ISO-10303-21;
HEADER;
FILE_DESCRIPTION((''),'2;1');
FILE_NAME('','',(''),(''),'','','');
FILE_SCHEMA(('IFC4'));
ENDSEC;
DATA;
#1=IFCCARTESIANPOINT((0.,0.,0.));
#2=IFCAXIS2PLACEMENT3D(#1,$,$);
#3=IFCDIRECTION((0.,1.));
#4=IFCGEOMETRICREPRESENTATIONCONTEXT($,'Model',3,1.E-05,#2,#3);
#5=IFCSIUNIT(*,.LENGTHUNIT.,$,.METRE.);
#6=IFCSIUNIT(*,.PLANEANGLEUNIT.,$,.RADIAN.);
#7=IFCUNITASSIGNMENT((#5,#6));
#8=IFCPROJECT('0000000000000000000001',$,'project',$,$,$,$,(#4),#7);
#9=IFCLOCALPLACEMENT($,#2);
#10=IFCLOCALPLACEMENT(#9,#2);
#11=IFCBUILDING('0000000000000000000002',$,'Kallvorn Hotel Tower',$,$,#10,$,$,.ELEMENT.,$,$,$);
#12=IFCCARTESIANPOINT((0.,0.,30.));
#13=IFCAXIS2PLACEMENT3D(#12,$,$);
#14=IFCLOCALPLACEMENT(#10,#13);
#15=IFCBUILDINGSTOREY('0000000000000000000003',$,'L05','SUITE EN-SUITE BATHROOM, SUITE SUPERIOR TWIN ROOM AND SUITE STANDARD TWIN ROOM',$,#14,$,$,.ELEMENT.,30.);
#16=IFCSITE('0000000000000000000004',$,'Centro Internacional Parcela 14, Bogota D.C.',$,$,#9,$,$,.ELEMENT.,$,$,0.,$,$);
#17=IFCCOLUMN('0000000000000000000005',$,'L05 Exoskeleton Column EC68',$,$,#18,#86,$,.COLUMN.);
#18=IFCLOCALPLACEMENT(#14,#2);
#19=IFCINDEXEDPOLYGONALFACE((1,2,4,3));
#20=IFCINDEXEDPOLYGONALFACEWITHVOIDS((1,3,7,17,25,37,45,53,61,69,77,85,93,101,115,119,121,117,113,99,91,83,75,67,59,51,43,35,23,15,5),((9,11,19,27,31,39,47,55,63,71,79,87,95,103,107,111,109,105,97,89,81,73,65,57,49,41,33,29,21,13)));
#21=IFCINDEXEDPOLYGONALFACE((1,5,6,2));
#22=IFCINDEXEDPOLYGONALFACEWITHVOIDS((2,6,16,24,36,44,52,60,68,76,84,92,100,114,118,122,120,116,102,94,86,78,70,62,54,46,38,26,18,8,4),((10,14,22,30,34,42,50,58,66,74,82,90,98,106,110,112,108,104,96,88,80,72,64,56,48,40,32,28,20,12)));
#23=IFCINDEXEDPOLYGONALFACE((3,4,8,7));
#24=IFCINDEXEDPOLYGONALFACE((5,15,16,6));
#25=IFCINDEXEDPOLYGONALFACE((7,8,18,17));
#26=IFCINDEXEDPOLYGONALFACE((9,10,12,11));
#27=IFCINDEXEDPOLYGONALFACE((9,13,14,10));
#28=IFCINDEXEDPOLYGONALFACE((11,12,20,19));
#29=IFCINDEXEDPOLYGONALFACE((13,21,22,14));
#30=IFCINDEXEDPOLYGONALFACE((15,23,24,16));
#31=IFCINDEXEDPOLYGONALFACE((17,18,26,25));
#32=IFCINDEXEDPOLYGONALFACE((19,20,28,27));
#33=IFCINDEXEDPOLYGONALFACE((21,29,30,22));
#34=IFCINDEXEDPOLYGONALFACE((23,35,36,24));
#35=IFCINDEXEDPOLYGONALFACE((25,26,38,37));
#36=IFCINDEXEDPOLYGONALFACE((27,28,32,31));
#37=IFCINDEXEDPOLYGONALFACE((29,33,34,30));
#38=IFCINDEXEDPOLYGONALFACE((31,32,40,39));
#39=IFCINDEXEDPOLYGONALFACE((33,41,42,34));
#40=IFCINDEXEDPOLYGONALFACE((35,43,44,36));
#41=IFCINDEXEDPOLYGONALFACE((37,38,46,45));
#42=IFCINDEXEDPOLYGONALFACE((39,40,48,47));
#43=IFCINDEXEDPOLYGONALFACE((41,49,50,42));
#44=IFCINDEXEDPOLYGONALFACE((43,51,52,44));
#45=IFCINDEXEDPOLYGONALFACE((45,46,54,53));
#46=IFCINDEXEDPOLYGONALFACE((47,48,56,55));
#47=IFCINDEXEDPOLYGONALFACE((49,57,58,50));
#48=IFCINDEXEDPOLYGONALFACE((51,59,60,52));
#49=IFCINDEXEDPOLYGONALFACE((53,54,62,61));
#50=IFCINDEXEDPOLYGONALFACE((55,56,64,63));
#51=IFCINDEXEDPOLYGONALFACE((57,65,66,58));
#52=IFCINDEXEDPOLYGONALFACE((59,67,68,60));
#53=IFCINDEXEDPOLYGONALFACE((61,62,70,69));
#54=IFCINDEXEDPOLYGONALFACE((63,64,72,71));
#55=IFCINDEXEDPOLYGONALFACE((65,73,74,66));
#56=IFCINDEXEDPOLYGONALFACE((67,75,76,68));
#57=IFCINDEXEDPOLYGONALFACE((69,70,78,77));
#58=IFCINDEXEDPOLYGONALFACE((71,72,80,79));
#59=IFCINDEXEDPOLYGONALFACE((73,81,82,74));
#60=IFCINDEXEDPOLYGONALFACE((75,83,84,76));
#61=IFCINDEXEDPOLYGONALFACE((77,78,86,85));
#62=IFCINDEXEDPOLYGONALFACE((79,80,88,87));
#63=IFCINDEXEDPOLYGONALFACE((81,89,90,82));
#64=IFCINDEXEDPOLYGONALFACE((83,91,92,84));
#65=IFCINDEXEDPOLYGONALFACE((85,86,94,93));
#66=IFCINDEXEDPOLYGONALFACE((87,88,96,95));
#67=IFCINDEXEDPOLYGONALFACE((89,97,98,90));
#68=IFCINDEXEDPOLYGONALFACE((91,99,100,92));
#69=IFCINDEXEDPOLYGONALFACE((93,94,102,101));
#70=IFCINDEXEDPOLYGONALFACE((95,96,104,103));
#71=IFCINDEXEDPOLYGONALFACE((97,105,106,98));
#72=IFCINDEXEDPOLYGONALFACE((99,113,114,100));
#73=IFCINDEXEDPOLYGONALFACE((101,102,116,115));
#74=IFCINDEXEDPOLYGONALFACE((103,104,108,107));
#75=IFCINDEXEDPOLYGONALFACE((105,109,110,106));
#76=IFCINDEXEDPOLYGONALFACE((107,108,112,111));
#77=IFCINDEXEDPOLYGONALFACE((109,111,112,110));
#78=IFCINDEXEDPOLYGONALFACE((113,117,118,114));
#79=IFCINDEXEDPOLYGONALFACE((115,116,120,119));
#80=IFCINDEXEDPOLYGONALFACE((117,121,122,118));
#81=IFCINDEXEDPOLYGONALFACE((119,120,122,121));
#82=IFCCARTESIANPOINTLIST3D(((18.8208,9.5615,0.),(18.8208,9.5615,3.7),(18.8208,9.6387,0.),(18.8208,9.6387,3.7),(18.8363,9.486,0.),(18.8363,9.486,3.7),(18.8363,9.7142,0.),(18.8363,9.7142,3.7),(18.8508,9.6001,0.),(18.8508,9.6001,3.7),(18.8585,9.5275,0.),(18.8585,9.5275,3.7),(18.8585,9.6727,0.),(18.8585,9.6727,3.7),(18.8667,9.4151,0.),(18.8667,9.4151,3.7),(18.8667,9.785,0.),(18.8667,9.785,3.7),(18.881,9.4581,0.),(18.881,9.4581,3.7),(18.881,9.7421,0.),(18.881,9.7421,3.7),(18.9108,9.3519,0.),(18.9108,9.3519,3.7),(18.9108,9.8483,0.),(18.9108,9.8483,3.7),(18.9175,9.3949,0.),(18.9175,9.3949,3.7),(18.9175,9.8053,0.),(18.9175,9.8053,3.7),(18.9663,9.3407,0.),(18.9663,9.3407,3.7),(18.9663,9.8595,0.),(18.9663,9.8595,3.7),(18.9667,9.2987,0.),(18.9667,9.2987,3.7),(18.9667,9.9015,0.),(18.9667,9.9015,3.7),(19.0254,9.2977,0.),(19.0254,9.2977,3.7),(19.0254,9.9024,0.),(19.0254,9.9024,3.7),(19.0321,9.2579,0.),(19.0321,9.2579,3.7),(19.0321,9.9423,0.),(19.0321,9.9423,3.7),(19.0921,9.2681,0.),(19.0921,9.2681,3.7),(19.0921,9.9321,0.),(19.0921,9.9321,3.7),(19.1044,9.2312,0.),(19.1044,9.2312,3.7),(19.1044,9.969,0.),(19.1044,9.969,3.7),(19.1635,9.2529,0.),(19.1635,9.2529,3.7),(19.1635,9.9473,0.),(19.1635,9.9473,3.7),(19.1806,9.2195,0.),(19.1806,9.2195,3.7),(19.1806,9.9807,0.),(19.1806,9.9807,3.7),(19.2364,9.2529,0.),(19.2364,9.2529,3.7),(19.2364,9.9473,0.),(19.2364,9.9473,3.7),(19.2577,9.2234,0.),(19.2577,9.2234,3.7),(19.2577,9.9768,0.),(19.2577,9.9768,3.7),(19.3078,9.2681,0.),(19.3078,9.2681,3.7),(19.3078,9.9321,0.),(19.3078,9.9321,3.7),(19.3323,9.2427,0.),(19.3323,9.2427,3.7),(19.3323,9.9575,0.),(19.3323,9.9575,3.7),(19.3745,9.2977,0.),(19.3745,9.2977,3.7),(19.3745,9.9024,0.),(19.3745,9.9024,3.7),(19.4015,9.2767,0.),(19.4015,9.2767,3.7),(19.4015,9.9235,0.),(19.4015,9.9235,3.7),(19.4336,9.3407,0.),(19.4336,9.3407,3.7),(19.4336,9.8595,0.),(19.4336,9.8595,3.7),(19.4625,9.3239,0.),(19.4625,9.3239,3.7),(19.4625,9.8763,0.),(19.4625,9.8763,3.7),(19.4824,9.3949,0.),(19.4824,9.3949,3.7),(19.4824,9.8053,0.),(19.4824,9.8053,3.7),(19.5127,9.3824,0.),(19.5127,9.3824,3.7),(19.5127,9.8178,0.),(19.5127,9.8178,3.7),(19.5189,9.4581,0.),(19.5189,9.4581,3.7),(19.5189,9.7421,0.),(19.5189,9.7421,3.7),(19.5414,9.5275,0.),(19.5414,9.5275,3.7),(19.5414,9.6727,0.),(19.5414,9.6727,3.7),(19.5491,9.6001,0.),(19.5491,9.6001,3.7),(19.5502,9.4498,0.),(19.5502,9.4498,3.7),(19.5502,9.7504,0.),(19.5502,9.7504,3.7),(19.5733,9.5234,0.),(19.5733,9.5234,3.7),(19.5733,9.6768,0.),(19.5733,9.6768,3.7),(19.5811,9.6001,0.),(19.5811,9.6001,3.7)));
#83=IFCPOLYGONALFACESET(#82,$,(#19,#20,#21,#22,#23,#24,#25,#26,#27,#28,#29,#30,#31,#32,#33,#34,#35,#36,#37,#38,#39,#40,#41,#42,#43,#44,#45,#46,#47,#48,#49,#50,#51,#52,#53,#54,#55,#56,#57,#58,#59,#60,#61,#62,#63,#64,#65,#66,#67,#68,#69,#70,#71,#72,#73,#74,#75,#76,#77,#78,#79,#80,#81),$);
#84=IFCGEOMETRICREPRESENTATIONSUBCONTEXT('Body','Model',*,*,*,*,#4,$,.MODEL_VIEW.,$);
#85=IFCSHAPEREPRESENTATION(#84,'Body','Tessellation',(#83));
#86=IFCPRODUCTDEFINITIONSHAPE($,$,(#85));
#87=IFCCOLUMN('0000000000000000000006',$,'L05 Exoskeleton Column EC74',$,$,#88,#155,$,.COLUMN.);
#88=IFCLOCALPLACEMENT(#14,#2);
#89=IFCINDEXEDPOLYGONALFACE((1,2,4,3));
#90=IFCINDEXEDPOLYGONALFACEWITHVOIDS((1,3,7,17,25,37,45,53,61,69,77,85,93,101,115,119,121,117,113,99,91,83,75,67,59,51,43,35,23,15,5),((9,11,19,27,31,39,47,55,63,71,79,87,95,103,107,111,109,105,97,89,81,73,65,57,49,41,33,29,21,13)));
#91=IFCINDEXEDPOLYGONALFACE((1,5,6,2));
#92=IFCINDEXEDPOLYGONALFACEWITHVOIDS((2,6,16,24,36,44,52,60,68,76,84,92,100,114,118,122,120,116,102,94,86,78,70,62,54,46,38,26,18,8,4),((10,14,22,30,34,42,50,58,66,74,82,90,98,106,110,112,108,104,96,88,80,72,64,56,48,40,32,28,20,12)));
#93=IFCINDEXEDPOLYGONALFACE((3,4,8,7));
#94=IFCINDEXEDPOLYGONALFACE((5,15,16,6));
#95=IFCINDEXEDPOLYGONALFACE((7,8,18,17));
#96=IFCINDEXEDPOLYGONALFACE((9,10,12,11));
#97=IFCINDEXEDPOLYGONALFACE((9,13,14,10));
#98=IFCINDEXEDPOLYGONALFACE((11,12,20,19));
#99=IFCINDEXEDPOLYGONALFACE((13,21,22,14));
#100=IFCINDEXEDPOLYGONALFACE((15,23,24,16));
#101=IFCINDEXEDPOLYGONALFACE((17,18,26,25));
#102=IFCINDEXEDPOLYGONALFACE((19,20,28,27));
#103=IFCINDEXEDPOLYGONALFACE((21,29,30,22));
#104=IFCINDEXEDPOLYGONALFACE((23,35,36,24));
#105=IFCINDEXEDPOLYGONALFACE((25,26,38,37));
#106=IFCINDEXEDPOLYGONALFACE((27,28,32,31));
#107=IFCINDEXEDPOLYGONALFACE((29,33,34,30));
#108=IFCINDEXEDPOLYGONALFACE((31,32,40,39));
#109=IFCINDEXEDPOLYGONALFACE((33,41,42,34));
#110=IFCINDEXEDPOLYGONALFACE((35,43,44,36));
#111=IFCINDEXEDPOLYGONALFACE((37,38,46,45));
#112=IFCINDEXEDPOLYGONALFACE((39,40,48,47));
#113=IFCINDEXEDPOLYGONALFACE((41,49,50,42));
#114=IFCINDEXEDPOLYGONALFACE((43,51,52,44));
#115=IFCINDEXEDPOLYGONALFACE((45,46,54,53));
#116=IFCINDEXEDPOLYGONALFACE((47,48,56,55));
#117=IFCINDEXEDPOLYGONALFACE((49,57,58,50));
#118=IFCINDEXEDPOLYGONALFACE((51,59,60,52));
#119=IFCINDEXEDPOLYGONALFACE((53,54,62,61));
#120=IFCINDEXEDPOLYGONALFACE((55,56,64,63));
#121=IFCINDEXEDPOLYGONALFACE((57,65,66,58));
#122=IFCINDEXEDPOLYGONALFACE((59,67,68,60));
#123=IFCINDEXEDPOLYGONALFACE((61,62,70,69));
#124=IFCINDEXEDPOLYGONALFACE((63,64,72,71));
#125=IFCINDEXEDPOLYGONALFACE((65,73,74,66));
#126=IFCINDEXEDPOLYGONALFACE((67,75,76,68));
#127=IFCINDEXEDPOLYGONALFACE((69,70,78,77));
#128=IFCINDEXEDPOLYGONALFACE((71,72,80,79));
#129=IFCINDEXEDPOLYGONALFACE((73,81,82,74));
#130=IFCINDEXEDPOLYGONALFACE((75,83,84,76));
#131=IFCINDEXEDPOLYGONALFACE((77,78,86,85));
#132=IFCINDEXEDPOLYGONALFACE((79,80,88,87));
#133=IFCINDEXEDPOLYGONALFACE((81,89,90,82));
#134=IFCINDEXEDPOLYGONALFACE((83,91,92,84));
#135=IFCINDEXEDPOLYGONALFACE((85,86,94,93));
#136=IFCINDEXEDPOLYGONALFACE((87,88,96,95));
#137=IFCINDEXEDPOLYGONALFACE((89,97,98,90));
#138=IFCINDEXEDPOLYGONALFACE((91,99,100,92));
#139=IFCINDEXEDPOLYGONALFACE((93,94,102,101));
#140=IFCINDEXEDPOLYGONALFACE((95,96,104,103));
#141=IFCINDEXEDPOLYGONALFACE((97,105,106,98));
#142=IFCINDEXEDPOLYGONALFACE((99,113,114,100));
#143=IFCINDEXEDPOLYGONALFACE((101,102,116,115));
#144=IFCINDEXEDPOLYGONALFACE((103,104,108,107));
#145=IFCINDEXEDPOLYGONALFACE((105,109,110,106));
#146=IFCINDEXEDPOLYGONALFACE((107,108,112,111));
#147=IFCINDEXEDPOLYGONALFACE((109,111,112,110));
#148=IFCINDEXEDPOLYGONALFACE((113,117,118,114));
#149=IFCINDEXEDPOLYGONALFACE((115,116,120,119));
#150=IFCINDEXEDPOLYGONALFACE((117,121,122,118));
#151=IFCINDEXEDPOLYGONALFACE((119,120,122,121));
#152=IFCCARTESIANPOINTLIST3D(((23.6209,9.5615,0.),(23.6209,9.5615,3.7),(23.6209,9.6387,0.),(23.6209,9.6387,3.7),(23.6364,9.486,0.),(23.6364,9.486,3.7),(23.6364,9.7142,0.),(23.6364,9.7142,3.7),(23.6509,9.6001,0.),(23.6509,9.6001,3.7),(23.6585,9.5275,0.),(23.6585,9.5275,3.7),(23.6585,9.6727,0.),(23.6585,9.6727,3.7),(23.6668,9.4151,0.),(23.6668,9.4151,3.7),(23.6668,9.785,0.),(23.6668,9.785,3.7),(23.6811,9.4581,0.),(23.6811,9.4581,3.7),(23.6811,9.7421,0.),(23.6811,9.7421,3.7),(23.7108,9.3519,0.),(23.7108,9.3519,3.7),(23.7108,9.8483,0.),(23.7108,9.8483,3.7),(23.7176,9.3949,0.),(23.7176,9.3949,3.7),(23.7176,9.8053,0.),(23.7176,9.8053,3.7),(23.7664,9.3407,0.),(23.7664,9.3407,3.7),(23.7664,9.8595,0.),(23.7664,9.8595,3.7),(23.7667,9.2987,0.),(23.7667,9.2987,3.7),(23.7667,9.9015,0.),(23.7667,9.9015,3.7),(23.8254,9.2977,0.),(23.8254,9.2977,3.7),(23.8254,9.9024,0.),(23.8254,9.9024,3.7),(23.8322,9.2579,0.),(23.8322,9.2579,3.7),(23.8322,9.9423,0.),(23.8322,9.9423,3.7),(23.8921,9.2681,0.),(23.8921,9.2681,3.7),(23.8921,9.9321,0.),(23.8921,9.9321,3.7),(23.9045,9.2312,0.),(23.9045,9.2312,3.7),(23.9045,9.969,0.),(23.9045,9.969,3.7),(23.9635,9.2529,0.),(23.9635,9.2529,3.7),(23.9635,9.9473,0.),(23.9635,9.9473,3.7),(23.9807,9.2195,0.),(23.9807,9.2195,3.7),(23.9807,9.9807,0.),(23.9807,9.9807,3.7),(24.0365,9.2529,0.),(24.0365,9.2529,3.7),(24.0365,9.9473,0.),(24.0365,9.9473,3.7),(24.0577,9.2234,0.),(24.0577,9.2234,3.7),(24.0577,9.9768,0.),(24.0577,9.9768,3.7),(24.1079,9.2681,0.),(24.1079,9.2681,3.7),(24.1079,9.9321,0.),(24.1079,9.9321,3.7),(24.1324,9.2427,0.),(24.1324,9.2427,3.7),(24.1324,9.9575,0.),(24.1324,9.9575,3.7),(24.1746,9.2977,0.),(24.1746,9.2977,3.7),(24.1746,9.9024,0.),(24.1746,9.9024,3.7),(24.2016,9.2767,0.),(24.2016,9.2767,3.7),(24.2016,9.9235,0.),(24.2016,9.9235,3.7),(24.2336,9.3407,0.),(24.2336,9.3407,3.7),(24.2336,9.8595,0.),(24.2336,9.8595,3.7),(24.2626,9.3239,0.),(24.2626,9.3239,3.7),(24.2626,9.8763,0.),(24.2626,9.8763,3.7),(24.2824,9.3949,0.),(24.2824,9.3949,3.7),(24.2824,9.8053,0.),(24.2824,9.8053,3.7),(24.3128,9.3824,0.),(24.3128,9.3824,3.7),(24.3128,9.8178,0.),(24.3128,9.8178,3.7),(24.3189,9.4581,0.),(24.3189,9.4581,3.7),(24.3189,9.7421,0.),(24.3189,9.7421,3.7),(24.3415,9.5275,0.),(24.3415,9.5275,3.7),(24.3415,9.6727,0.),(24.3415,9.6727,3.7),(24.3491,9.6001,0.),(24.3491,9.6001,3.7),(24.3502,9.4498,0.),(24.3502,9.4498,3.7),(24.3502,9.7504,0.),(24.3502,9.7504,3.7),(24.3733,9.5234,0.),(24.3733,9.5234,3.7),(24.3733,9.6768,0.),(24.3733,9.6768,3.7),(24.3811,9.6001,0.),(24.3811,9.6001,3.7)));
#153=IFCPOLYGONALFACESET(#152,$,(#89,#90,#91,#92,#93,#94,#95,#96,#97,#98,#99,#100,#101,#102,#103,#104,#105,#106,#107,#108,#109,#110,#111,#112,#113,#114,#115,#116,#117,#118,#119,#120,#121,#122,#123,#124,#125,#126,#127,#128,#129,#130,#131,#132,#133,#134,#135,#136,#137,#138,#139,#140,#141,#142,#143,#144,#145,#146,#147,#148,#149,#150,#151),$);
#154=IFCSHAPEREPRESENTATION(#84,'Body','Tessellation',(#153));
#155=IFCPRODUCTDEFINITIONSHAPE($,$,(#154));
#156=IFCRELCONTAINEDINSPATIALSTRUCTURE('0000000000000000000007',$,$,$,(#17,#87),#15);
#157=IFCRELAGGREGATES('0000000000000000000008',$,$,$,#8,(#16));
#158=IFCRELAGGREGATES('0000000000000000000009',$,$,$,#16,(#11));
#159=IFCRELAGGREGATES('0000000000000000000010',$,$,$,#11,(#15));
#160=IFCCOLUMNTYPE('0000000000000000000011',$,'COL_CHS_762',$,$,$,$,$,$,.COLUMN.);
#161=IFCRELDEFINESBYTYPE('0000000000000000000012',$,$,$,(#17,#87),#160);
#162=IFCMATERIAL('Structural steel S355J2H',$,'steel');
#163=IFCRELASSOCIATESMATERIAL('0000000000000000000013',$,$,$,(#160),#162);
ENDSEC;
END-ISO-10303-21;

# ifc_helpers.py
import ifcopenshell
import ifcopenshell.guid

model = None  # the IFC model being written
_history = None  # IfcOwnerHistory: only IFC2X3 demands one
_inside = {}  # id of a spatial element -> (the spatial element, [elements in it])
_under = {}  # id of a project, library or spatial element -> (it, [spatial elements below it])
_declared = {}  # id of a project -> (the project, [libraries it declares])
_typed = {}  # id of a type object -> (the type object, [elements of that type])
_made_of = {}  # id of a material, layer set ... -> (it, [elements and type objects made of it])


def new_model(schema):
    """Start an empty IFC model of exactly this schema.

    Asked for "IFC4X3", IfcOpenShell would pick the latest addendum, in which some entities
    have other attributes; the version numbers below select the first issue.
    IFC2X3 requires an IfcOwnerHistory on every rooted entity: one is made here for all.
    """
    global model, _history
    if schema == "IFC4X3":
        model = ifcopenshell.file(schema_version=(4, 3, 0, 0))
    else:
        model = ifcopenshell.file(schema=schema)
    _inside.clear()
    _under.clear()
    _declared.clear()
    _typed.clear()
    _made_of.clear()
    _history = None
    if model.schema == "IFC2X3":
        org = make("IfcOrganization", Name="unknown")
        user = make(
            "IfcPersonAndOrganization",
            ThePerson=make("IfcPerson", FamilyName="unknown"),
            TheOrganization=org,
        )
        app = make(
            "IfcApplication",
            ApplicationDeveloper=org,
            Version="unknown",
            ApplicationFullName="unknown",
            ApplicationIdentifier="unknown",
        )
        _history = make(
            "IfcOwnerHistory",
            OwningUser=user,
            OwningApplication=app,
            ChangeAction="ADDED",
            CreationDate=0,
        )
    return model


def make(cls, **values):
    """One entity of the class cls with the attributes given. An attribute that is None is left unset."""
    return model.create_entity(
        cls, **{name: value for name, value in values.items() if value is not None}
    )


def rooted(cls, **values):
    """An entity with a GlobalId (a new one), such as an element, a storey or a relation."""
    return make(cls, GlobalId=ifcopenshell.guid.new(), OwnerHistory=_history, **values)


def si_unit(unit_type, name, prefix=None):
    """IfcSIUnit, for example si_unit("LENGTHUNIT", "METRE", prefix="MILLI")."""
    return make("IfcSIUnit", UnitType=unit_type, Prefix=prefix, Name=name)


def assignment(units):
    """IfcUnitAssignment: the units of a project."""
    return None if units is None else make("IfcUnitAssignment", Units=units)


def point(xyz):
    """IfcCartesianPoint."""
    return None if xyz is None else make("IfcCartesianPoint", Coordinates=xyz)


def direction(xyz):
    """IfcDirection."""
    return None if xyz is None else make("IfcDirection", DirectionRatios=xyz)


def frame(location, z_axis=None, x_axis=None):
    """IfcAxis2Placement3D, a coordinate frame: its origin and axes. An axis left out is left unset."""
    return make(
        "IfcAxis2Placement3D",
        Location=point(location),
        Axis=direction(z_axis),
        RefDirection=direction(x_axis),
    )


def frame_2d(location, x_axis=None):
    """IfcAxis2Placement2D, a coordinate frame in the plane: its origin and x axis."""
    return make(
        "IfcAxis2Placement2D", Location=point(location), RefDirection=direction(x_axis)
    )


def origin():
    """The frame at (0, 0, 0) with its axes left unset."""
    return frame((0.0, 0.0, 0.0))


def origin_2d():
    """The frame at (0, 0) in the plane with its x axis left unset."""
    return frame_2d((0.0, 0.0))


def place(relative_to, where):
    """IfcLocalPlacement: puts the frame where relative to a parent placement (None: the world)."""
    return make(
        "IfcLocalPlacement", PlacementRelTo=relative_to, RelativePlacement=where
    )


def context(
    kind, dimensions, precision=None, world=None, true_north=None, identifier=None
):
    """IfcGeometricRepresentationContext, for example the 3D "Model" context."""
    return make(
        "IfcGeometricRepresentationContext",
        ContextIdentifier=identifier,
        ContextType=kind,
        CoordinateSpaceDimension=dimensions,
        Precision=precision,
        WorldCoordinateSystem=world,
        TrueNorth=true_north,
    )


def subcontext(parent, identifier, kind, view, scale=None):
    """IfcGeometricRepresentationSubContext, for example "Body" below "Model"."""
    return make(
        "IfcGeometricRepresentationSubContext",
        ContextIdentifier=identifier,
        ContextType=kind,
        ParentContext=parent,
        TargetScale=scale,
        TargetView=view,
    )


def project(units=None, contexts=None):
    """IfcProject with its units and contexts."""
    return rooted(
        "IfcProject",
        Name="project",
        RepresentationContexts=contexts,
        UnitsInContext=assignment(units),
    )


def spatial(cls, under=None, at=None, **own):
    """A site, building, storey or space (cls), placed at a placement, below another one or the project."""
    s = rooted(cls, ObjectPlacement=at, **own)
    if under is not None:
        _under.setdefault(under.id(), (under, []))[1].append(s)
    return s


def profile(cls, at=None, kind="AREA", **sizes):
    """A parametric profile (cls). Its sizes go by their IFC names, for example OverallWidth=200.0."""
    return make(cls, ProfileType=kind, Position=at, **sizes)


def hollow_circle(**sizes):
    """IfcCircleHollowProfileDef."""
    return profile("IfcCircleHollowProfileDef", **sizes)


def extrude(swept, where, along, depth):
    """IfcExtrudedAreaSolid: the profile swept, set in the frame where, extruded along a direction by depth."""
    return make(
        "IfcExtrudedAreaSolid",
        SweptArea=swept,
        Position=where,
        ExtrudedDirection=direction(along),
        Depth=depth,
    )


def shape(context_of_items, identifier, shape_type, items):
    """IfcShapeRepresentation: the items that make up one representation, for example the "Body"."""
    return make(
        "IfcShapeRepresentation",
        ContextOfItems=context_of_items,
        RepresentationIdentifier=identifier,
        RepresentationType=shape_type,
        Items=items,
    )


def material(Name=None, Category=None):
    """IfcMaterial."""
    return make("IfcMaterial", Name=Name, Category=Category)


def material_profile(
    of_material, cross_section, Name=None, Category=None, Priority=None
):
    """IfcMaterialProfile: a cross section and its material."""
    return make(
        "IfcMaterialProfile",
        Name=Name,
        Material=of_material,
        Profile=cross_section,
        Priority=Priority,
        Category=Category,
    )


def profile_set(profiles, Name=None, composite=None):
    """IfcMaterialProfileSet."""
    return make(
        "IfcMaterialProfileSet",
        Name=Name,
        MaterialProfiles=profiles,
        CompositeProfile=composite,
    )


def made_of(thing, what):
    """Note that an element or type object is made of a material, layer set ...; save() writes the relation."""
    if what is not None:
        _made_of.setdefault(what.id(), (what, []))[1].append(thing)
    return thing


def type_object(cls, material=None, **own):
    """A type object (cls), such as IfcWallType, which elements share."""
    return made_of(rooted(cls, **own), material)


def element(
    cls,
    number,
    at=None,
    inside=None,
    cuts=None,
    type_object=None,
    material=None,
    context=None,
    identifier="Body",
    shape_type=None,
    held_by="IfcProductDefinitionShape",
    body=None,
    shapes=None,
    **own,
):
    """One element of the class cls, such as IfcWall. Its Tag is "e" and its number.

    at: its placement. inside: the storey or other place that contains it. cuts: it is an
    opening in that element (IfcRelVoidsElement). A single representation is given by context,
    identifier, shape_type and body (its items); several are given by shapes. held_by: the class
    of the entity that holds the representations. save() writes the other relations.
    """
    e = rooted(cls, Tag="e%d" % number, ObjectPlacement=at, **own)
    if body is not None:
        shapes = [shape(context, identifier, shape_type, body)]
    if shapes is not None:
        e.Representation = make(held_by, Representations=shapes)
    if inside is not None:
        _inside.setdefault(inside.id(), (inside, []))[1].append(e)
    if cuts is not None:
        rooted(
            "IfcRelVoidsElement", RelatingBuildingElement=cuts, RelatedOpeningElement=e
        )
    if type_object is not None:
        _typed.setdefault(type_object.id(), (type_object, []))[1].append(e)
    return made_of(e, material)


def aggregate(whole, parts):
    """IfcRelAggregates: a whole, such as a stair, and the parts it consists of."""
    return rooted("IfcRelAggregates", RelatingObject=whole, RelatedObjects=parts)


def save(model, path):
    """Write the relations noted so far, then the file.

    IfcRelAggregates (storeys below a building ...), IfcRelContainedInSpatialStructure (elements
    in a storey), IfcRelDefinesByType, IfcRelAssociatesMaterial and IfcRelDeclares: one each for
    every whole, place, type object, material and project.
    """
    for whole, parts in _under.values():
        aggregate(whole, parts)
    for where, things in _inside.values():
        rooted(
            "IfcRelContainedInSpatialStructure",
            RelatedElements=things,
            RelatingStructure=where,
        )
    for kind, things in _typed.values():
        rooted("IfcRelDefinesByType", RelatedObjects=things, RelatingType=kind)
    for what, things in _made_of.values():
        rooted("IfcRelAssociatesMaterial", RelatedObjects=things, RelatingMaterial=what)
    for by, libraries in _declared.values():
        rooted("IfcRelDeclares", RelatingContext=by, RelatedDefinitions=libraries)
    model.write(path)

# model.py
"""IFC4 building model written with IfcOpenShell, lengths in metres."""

from ifc_helpers import new_model, si_unit, direction, frame, origin, origin_2d, place, context, subcontext, project, spatial, hollow_circle, extrude, material, material_profile, profile_set, type_object, element, save


model = new_model("IFC4")

# Units and contexts
model_context = context("Model", 3, precision=1e-05, world=origin(), true_north=direction((0.0, 1.0)))
body_context = subcontext(model_context, "Body", "Model", "MODEL_VIEW")
ifc_project = project(units=[si_unit("LENGTHUNIT", "METRE"), si_unit("PLANEANGLEUNIT", "RADIAN")], contexts=[model_context])

# Site, building, storey
site_placement = place(None, origin())
site = spatial("IfcSite", under=ifc_project, at=site_placement, Name="Centro Internacional Parcela 14, Bogota D.C.", CompositionType="ELEMENT", RefElevation=0.0)
building_placement = place(site_placement, origin())
building = spatial("IfcBuilding", under=site, at=building_placement, Name="Kallvorn Hotel Tower", CompositionType="ELEMENT")
storey_placement = place(building_placement, frame((0.0, 0.0, 30.0)))
storey = spatial("IfcBuildingStorey", under=building, at=storey_placement, Name="L05", Description="SUITE EN-SUITE BATHROOM, SUITE SUPERIOR TWIN ROOM AND SUITE STANDARD TWIN ROOM", CompositionType="ELEMENT", Elevation=30.0)

# Columns
ifc_material_1 = material(Name="Structural steel S355J2H", Category="steel")
ifc_material_profile_1 = material_profile(ifc_material_1, hollow_circle(Radius=0.3811, WallThickness=0.032, at=origin_2d()), Name="CHS 762x32")
ifc_profile_set_1 = profile_set([ifc_material_profile_1], Name="Structural steel S355J2H")
column_type_1 = type_object("IfcColumnType", Name="COL_CHS_762", PredefinedType="COLUMN", material=ifc_profile_set_1)
for number, where, z_axis, x_axis, name in (
    (1, (19.2, 9.6001, 0.0), (0.0, 0.0, 1.0), (1.0, 0.0, 0.0), "L05 Exoskeleton Column EC68"),
    (2, (24.0, 9.6001, 0.0), (0.0, 0.0, 1.0), (1.0, 0.0, 0.0), "L05 Exoskeleton Column EC74"),
):
    element("IfcColumn", number, at=place(storey_placement, frame(where, z_axis=z_axis, x_axis=x_axis)), inside=storey, type_object=column_type_1, Name=name, PredefinedType="COLUMN", context=body_context, shape_type="SweptSolid", body=[
        extrude(hollow_circle(Radius=0.3811, WallThickness=0.032, at=origin_2d()), origin(), (0.0, 0.0, 1.0), 3.7),
    ])

save(model, "model.ifc")
